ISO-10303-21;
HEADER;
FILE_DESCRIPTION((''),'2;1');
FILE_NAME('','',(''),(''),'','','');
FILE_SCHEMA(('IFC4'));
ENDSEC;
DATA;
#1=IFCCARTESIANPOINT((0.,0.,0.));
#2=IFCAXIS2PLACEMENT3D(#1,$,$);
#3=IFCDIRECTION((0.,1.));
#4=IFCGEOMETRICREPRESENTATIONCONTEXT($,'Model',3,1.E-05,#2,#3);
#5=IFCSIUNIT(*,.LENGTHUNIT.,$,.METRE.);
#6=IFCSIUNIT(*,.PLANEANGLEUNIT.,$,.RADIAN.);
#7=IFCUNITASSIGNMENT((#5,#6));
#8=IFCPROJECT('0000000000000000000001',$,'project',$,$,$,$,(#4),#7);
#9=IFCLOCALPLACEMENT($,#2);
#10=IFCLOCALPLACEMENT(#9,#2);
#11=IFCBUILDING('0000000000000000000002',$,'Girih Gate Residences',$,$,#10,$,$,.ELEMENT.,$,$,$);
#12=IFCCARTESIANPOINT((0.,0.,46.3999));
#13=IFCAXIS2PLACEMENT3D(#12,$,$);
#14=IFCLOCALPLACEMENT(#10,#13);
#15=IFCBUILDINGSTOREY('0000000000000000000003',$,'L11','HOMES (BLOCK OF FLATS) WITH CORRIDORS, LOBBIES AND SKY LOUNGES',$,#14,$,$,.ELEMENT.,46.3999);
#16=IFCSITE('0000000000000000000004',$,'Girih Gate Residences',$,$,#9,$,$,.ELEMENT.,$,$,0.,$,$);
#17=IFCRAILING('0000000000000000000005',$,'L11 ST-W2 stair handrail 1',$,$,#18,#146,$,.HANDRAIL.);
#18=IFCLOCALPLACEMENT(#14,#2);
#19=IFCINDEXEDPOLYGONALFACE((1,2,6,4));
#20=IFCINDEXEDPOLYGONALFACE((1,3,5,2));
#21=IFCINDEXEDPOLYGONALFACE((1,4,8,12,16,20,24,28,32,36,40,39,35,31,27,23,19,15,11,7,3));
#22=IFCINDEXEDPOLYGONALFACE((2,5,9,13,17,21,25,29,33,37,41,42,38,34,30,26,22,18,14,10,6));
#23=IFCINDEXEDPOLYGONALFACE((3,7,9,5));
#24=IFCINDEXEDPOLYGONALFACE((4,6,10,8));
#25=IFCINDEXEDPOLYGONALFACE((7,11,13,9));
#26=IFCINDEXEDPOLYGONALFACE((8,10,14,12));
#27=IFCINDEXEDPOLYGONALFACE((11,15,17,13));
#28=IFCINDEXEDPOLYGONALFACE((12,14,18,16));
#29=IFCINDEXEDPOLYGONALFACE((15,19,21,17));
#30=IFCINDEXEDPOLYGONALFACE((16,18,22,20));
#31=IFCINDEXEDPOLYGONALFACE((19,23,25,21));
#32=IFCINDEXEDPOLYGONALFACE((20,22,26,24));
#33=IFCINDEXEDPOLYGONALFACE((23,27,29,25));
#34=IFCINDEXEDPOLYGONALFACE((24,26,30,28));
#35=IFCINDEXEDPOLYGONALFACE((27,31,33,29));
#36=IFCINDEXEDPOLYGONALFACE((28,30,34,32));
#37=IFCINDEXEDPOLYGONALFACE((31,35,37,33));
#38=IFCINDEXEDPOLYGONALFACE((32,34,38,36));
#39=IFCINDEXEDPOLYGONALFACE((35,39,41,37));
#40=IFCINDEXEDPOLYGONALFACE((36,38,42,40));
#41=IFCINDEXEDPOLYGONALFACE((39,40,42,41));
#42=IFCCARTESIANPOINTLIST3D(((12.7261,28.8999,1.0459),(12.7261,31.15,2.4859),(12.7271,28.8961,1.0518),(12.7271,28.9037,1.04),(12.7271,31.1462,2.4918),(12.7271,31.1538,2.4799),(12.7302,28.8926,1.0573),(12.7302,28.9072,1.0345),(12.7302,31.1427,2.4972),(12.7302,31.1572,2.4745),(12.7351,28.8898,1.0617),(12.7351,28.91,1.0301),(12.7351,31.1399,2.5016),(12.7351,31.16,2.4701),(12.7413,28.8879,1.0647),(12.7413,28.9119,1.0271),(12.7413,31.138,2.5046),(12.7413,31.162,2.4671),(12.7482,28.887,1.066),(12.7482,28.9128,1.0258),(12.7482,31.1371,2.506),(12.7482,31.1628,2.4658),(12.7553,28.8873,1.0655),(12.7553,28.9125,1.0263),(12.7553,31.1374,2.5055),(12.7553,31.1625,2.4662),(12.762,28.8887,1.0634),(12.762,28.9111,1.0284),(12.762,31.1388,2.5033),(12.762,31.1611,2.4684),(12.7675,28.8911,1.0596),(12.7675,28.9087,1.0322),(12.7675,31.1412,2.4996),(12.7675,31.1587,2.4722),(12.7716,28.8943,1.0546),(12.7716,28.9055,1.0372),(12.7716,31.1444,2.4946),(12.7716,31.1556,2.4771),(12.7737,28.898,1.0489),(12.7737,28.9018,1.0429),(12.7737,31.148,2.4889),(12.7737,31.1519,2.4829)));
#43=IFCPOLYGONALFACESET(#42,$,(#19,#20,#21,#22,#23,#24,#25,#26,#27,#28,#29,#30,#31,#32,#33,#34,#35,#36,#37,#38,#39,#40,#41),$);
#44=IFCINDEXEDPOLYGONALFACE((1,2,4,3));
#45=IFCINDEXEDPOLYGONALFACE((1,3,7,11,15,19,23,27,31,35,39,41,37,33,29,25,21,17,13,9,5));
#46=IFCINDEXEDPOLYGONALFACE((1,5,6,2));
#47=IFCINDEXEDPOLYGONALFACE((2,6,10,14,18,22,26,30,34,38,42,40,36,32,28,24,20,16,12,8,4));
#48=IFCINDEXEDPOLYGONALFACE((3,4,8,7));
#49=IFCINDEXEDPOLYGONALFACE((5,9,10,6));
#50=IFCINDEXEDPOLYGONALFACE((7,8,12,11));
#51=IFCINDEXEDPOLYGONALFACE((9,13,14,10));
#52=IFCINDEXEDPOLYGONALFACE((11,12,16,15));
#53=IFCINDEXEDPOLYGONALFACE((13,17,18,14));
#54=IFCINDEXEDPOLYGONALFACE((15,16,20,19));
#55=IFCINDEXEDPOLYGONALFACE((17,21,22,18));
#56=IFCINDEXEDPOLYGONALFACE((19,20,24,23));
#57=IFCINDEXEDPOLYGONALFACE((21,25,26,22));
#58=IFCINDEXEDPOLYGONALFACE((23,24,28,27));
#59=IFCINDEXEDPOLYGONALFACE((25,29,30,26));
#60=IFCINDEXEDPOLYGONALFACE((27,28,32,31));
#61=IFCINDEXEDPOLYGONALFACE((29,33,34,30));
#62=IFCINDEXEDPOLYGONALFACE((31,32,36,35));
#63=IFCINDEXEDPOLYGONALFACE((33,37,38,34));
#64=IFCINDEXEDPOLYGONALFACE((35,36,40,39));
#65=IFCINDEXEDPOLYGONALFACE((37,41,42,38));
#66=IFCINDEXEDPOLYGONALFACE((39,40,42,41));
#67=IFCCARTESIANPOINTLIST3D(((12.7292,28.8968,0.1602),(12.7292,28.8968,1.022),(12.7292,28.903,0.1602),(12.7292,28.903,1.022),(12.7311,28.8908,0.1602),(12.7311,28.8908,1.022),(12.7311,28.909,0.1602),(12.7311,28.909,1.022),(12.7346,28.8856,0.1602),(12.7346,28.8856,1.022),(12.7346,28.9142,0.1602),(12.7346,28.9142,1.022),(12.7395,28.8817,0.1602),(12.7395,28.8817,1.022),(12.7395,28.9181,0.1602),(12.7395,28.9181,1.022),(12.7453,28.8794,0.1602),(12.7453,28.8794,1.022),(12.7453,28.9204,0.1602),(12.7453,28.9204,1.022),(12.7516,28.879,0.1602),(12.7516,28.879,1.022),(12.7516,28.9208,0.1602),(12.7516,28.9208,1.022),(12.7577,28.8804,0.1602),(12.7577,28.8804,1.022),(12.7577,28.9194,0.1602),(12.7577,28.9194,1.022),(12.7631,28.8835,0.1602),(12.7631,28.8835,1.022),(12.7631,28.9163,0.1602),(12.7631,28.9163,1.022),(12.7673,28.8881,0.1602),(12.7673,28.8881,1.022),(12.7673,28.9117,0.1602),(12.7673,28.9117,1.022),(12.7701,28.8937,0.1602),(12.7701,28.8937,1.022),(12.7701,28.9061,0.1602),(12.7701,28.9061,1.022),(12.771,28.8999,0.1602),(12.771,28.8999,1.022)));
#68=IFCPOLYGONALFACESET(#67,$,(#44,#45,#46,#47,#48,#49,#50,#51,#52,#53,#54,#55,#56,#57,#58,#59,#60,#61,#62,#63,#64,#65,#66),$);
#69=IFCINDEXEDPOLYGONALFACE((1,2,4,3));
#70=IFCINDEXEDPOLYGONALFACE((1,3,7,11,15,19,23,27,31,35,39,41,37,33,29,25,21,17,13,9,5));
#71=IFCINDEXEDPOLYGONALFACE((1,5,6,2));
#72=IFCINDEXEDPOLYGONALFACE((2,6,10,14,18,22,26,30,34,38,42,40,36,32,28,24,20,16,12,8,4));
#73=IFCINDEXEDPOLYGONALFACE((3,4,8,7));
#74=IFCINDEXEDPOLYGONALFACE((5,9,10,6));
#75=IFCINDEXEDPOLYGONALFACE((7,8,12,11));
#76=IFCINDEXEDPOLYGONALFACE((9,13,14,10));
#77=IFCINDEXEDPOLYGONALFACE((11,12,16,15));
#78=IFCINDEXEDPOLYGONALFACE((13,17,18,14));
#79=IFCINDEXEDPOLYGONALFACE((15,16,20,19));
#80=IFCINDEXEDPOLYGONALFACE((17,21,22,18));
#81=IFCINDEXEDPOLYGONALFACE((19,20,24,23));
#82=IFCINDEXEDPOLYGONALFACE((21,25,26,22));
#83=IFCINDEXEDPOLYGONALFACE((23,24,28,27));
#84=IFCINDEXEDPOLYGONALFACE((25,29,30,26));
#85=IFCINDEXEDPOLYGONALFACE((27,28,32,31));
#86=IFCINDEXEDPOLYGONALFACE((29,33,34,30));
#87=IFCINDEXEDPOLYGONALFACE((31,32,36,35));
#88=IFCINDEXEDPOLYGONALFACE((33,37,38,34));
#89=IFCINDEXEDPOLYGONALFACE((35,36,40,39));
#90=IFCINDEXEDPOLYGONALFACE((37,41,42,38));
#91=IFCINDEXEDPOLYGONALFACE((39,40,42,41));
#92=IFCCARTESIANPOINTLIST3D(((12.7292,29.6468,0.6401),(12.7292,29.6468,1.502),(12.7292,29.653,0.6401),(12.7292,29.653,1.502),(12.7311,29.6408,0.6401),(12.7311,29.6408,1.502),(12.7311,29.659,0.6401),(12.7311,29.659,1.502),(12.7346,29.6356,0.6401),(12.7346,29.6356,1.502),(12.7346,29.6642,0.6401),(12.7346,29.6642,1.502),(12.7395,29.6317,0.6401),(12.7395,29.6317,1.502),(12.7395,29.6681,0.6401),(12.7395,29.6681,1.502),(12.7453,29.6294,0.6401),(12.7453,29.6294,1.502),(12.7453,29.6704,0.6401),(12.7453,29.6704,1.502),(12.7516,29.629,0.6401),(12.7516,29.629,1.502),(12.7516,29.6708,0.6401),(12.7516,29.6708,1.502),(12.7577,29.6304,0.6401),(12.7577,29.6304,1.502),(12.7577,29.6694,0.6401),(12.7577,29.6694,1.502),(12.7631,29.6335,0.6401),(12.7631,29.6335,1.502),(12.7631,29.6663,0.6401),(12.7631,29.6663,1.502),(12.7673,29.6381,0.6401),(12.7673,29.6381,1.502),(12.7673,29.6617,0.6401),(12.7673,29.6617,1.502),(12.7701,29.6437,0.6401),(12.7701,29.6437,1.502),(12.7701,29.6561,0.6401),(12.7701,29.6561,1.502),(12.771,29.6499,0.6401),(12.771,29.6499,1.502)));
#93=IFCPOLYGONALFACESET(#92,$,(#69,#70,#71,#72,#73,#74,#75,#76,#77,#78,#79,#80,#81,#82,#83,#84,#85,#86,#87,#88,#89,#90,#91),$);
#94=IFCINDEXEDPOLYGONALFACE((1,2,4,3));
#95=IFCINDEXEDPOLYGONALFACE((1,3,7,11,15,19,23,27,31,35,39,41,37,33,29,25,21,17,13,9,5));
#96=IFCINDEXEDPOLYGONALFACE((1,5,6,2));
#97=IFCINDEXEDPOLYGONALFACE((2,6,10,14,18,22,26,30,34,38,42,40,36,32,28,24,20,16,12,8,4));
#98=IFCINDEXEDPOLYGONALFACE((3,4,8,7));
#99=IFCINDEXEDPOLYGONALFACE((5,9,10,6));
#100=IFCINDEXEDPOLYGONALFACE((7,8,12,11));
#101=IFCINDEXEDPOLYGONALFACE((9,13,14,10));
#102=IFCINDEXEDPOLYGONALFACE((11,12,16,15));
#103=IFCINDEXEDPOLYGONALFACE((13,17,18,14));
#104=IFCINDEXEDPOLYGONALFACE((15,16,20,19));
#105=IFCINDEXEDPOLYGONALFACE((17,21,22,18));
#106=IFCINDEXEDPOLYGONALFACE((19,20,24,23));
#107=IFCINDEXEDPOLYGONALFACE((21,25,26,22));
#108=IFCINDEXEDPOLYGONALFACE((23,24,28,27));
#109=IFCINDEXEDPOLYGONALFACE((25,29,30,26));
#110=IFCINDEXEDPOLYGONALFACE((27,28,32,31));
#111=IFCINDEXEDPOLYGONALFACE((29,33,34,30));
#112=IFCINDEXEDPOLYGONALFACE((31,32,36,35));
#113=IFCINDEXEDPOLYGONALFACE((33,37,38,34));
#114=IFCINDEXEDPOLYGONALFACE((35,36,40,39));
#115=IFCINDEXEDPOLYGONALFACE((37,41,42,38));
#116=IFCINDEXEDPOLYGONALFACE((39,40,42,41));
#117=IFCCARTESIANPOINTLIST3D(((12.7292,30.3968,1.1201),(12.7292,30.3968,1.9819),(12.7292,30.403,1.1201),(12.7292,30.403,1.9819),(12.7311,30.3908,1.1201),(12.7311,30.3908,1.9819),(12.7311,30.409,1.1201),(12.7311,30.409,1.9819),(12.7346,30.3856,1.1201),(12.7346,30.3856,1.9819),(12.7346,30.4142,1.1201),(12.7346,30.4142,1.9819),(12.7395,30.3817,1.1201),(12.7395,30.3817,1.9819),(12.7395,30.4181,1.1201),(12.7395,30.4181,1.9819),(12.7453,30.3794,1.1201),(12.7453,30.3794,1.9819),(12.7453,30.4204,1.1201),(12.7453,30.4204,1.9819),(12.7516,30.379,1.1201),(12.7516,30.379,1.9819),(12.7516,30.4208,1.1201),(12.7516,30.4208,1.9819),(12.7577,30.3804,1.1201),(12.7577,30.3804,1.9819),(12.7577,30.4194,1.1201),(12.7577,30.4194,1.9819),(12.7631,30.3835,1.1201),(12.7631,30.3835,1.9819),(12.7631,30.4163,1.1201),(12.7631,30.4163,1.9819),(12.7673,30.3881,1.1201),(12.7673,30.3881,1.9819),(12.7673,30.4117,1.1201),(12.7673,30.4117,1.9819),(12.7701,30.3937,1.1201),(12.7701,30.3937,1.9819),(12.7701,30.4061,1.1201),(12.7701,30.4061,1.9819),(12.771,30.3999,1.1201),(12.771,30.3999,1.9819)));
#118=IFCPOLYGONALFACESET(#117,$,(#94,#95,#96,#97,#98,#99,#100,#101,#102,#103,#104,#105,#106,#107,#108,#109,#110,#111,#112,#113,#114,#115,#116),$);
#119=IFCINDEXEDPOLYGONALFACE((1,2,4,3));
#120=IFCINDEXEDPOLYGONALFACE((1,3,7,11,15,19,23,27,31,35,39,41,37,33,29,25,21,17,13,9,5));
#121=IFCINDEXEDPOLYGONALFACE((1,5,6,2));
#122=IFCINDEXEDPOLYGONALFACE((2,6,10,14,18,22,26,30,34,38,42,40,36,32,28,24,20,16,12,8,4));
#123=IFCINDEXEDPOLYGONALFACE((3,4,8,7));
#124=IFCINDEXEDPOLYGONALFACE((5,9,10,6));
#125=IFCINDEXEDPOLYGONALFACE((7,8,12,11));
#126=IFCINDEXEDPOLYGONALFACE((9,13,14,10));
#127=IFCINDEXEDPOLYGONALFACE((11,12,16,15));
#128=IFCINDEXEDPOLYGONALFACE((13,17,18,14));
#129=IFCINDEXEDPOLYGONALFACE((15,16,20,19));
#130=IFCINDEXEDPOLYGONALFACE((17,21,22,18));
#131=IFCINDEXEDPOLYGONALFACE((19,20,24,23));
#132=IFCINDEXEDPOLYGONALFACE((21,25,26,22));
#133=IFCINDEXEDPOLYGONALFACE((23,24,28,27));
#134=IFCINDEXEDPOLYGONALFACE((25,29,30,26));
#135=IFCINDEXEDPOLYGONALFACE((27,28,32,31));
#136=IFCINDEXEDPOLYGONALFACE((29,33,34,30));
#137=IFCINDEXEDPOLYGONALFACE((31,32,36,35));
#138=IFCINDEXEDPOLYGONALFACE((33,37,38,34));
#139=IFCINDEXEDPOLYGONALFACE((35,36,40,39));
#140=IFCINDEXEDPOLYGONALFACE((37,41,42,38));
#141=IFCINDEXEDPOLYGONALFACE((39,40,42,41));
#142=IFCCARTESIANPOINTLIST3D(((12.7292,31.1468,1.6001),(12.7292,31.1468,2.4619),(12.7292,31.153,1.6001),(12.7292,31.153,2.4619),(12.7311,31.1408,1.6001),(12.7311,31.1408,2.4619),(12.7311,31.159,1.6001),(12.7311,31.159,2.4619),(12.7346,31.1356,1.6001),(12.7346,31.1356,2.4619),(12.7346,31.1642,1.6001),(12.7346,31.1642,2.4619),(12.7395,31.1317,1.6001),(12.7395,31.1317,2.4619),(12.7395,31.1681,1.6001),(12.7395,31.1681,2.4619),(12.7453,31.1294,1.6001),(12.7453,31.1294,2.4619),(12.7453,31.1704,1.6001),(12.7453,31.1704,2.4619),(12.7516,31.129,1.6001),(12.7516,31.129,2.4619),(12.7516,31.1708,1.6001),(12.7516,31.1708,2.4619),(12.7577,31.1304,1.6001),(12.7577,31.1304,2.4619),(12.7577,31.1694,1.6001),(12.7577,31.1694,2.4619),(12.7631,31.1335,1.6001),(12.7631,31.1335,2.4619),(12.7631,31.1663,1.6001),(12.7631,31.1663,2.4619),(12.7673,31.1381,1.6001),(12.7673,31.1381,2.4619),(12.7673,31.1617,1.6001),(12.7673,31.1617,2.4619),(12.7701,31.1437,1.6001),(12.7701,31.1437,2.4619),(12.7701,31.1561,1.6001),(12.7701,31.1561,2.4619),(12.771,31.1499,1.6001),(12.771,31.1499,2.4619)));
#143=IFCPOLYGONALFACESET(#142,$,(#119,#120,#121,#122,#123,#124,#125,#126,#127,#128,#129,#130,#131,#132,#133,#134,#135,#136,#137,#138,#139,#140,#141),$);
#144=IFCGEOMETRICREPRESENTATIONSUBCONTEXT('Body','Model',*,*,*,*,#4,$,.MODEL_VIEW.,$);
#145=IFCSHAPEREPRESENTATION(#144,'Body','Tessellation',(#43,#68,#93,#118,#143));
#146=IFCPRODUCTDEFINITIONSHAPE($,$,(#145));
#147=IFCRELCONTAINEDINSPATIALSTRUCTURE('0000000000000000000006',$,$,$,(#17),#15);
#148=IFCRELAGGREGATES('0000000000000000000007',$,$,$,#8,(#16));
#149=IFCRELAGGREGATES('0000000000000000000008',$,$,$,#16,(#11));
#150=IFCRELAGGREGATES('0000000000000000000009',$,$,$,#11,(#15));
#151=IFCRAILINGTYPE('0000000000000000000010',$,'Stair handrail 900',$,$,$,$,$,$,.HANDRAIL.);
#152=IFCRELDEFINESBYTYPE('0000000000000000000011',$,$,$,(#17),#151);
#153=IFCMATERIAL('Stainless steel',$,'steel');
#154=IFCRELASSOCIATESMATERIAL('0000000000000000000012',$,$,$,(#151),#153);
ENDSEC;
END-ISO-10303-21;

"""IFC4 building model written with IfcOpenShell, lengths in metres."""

from ifc_helpers import new_model, si_unit, direction, frame, origin, origin_2d, place, context, subcontext, project, spatial, circle, extrude, material, type_object, element, save


model = new_model("IFC4")

# Units and contexts
model_context = context("Model", 3, precision=1e-05, world=origin(), true_north=direction((0.0, 1.0)))
body_context = subcontext(model_context, "Body", "Model", "MODEL_VIEW")
ifc_project = project(units=[si_unit("LENGTHUNIT", "METRE"), si_unit("PLANEANGLEUNIT", "RADIAN")], contexts=[model_context])

# Site, building, storey
site_placement = place(None, origin())
site = spatial("IfcSite", under=ifc_project, at=site_placement, Name="Girih Gate Residences", CompositionType="ELEMENT", RefElevation=0.0)
building_placement = place(site_placement, origin())
building = spatial("IfcBuilding", under=site, at=building_placement, Name="Girih Gate Residences", CompositionType="ELEMENT")
storey_placement = place(building_placement, frame((0.0, 0.0, 46.3999)))
storey = spatial("IfcBuildingStorey", under=building, at=storey_placement, Name="L11", Description="HOMES (BLOCK OF FLATS) WITH CORRIDORS, LOBBIES AND SKY LOUNGES", CompositionType="ELEMENT", Elevation=46.3999)

# Railing
ifc_material_1 = material(Name="Stainless steel", Category="steel")
railing_type_1 = type_object("IfcRailingType", Name="Stair handrail 900", PredefinedType="HANDRAIL", material=ifc_material_1)
railing_1_placement = place(storey_placement, frame((12.75, 28.8999, 0.1602)))
element("IfcRailing", 1, at=railing_1_placement, inside=storey, type_object=railing_type_1, Name="L11 ST-W2 stair handrail 1", PredefinedType="HANDRAIL", context=body_context, shape_type="SweptSolid", body=[
    extrude(circle(Radius=0.0239, at=origin_2d()), frame((0.0, 0.0, 0.8857), z_axis=(0.0, 0.842281, 0.539038), x_axis=(-1.0, 0.0, 0.0)), (0.0, 0.0, 1.0), 2.6714),
    extrude(circle(Radius=0.021, at=origin_2d()), origin(), (0.0, 0.0, 1.0), 0.8618),
    extrude(circle(Radius=0.021, at=origin_2d()), frame((0.0, 0.75, 0.48)), (0.0, 0.0, 1.0), 0.8618),
    extrude(circle(Radius=0.021, at=origin_2d()), frame((0.0, 1.5, 0.96)), (0.0, 0.0, 1.0), 0.8618),
    extrude(circle(Radius=0.021, at=origin_2d()), frame((0.0, 2.25, 1.4399)), (0.0, 0.0, 1.0), 0.8618),
])

save(model, "model.ifc")
